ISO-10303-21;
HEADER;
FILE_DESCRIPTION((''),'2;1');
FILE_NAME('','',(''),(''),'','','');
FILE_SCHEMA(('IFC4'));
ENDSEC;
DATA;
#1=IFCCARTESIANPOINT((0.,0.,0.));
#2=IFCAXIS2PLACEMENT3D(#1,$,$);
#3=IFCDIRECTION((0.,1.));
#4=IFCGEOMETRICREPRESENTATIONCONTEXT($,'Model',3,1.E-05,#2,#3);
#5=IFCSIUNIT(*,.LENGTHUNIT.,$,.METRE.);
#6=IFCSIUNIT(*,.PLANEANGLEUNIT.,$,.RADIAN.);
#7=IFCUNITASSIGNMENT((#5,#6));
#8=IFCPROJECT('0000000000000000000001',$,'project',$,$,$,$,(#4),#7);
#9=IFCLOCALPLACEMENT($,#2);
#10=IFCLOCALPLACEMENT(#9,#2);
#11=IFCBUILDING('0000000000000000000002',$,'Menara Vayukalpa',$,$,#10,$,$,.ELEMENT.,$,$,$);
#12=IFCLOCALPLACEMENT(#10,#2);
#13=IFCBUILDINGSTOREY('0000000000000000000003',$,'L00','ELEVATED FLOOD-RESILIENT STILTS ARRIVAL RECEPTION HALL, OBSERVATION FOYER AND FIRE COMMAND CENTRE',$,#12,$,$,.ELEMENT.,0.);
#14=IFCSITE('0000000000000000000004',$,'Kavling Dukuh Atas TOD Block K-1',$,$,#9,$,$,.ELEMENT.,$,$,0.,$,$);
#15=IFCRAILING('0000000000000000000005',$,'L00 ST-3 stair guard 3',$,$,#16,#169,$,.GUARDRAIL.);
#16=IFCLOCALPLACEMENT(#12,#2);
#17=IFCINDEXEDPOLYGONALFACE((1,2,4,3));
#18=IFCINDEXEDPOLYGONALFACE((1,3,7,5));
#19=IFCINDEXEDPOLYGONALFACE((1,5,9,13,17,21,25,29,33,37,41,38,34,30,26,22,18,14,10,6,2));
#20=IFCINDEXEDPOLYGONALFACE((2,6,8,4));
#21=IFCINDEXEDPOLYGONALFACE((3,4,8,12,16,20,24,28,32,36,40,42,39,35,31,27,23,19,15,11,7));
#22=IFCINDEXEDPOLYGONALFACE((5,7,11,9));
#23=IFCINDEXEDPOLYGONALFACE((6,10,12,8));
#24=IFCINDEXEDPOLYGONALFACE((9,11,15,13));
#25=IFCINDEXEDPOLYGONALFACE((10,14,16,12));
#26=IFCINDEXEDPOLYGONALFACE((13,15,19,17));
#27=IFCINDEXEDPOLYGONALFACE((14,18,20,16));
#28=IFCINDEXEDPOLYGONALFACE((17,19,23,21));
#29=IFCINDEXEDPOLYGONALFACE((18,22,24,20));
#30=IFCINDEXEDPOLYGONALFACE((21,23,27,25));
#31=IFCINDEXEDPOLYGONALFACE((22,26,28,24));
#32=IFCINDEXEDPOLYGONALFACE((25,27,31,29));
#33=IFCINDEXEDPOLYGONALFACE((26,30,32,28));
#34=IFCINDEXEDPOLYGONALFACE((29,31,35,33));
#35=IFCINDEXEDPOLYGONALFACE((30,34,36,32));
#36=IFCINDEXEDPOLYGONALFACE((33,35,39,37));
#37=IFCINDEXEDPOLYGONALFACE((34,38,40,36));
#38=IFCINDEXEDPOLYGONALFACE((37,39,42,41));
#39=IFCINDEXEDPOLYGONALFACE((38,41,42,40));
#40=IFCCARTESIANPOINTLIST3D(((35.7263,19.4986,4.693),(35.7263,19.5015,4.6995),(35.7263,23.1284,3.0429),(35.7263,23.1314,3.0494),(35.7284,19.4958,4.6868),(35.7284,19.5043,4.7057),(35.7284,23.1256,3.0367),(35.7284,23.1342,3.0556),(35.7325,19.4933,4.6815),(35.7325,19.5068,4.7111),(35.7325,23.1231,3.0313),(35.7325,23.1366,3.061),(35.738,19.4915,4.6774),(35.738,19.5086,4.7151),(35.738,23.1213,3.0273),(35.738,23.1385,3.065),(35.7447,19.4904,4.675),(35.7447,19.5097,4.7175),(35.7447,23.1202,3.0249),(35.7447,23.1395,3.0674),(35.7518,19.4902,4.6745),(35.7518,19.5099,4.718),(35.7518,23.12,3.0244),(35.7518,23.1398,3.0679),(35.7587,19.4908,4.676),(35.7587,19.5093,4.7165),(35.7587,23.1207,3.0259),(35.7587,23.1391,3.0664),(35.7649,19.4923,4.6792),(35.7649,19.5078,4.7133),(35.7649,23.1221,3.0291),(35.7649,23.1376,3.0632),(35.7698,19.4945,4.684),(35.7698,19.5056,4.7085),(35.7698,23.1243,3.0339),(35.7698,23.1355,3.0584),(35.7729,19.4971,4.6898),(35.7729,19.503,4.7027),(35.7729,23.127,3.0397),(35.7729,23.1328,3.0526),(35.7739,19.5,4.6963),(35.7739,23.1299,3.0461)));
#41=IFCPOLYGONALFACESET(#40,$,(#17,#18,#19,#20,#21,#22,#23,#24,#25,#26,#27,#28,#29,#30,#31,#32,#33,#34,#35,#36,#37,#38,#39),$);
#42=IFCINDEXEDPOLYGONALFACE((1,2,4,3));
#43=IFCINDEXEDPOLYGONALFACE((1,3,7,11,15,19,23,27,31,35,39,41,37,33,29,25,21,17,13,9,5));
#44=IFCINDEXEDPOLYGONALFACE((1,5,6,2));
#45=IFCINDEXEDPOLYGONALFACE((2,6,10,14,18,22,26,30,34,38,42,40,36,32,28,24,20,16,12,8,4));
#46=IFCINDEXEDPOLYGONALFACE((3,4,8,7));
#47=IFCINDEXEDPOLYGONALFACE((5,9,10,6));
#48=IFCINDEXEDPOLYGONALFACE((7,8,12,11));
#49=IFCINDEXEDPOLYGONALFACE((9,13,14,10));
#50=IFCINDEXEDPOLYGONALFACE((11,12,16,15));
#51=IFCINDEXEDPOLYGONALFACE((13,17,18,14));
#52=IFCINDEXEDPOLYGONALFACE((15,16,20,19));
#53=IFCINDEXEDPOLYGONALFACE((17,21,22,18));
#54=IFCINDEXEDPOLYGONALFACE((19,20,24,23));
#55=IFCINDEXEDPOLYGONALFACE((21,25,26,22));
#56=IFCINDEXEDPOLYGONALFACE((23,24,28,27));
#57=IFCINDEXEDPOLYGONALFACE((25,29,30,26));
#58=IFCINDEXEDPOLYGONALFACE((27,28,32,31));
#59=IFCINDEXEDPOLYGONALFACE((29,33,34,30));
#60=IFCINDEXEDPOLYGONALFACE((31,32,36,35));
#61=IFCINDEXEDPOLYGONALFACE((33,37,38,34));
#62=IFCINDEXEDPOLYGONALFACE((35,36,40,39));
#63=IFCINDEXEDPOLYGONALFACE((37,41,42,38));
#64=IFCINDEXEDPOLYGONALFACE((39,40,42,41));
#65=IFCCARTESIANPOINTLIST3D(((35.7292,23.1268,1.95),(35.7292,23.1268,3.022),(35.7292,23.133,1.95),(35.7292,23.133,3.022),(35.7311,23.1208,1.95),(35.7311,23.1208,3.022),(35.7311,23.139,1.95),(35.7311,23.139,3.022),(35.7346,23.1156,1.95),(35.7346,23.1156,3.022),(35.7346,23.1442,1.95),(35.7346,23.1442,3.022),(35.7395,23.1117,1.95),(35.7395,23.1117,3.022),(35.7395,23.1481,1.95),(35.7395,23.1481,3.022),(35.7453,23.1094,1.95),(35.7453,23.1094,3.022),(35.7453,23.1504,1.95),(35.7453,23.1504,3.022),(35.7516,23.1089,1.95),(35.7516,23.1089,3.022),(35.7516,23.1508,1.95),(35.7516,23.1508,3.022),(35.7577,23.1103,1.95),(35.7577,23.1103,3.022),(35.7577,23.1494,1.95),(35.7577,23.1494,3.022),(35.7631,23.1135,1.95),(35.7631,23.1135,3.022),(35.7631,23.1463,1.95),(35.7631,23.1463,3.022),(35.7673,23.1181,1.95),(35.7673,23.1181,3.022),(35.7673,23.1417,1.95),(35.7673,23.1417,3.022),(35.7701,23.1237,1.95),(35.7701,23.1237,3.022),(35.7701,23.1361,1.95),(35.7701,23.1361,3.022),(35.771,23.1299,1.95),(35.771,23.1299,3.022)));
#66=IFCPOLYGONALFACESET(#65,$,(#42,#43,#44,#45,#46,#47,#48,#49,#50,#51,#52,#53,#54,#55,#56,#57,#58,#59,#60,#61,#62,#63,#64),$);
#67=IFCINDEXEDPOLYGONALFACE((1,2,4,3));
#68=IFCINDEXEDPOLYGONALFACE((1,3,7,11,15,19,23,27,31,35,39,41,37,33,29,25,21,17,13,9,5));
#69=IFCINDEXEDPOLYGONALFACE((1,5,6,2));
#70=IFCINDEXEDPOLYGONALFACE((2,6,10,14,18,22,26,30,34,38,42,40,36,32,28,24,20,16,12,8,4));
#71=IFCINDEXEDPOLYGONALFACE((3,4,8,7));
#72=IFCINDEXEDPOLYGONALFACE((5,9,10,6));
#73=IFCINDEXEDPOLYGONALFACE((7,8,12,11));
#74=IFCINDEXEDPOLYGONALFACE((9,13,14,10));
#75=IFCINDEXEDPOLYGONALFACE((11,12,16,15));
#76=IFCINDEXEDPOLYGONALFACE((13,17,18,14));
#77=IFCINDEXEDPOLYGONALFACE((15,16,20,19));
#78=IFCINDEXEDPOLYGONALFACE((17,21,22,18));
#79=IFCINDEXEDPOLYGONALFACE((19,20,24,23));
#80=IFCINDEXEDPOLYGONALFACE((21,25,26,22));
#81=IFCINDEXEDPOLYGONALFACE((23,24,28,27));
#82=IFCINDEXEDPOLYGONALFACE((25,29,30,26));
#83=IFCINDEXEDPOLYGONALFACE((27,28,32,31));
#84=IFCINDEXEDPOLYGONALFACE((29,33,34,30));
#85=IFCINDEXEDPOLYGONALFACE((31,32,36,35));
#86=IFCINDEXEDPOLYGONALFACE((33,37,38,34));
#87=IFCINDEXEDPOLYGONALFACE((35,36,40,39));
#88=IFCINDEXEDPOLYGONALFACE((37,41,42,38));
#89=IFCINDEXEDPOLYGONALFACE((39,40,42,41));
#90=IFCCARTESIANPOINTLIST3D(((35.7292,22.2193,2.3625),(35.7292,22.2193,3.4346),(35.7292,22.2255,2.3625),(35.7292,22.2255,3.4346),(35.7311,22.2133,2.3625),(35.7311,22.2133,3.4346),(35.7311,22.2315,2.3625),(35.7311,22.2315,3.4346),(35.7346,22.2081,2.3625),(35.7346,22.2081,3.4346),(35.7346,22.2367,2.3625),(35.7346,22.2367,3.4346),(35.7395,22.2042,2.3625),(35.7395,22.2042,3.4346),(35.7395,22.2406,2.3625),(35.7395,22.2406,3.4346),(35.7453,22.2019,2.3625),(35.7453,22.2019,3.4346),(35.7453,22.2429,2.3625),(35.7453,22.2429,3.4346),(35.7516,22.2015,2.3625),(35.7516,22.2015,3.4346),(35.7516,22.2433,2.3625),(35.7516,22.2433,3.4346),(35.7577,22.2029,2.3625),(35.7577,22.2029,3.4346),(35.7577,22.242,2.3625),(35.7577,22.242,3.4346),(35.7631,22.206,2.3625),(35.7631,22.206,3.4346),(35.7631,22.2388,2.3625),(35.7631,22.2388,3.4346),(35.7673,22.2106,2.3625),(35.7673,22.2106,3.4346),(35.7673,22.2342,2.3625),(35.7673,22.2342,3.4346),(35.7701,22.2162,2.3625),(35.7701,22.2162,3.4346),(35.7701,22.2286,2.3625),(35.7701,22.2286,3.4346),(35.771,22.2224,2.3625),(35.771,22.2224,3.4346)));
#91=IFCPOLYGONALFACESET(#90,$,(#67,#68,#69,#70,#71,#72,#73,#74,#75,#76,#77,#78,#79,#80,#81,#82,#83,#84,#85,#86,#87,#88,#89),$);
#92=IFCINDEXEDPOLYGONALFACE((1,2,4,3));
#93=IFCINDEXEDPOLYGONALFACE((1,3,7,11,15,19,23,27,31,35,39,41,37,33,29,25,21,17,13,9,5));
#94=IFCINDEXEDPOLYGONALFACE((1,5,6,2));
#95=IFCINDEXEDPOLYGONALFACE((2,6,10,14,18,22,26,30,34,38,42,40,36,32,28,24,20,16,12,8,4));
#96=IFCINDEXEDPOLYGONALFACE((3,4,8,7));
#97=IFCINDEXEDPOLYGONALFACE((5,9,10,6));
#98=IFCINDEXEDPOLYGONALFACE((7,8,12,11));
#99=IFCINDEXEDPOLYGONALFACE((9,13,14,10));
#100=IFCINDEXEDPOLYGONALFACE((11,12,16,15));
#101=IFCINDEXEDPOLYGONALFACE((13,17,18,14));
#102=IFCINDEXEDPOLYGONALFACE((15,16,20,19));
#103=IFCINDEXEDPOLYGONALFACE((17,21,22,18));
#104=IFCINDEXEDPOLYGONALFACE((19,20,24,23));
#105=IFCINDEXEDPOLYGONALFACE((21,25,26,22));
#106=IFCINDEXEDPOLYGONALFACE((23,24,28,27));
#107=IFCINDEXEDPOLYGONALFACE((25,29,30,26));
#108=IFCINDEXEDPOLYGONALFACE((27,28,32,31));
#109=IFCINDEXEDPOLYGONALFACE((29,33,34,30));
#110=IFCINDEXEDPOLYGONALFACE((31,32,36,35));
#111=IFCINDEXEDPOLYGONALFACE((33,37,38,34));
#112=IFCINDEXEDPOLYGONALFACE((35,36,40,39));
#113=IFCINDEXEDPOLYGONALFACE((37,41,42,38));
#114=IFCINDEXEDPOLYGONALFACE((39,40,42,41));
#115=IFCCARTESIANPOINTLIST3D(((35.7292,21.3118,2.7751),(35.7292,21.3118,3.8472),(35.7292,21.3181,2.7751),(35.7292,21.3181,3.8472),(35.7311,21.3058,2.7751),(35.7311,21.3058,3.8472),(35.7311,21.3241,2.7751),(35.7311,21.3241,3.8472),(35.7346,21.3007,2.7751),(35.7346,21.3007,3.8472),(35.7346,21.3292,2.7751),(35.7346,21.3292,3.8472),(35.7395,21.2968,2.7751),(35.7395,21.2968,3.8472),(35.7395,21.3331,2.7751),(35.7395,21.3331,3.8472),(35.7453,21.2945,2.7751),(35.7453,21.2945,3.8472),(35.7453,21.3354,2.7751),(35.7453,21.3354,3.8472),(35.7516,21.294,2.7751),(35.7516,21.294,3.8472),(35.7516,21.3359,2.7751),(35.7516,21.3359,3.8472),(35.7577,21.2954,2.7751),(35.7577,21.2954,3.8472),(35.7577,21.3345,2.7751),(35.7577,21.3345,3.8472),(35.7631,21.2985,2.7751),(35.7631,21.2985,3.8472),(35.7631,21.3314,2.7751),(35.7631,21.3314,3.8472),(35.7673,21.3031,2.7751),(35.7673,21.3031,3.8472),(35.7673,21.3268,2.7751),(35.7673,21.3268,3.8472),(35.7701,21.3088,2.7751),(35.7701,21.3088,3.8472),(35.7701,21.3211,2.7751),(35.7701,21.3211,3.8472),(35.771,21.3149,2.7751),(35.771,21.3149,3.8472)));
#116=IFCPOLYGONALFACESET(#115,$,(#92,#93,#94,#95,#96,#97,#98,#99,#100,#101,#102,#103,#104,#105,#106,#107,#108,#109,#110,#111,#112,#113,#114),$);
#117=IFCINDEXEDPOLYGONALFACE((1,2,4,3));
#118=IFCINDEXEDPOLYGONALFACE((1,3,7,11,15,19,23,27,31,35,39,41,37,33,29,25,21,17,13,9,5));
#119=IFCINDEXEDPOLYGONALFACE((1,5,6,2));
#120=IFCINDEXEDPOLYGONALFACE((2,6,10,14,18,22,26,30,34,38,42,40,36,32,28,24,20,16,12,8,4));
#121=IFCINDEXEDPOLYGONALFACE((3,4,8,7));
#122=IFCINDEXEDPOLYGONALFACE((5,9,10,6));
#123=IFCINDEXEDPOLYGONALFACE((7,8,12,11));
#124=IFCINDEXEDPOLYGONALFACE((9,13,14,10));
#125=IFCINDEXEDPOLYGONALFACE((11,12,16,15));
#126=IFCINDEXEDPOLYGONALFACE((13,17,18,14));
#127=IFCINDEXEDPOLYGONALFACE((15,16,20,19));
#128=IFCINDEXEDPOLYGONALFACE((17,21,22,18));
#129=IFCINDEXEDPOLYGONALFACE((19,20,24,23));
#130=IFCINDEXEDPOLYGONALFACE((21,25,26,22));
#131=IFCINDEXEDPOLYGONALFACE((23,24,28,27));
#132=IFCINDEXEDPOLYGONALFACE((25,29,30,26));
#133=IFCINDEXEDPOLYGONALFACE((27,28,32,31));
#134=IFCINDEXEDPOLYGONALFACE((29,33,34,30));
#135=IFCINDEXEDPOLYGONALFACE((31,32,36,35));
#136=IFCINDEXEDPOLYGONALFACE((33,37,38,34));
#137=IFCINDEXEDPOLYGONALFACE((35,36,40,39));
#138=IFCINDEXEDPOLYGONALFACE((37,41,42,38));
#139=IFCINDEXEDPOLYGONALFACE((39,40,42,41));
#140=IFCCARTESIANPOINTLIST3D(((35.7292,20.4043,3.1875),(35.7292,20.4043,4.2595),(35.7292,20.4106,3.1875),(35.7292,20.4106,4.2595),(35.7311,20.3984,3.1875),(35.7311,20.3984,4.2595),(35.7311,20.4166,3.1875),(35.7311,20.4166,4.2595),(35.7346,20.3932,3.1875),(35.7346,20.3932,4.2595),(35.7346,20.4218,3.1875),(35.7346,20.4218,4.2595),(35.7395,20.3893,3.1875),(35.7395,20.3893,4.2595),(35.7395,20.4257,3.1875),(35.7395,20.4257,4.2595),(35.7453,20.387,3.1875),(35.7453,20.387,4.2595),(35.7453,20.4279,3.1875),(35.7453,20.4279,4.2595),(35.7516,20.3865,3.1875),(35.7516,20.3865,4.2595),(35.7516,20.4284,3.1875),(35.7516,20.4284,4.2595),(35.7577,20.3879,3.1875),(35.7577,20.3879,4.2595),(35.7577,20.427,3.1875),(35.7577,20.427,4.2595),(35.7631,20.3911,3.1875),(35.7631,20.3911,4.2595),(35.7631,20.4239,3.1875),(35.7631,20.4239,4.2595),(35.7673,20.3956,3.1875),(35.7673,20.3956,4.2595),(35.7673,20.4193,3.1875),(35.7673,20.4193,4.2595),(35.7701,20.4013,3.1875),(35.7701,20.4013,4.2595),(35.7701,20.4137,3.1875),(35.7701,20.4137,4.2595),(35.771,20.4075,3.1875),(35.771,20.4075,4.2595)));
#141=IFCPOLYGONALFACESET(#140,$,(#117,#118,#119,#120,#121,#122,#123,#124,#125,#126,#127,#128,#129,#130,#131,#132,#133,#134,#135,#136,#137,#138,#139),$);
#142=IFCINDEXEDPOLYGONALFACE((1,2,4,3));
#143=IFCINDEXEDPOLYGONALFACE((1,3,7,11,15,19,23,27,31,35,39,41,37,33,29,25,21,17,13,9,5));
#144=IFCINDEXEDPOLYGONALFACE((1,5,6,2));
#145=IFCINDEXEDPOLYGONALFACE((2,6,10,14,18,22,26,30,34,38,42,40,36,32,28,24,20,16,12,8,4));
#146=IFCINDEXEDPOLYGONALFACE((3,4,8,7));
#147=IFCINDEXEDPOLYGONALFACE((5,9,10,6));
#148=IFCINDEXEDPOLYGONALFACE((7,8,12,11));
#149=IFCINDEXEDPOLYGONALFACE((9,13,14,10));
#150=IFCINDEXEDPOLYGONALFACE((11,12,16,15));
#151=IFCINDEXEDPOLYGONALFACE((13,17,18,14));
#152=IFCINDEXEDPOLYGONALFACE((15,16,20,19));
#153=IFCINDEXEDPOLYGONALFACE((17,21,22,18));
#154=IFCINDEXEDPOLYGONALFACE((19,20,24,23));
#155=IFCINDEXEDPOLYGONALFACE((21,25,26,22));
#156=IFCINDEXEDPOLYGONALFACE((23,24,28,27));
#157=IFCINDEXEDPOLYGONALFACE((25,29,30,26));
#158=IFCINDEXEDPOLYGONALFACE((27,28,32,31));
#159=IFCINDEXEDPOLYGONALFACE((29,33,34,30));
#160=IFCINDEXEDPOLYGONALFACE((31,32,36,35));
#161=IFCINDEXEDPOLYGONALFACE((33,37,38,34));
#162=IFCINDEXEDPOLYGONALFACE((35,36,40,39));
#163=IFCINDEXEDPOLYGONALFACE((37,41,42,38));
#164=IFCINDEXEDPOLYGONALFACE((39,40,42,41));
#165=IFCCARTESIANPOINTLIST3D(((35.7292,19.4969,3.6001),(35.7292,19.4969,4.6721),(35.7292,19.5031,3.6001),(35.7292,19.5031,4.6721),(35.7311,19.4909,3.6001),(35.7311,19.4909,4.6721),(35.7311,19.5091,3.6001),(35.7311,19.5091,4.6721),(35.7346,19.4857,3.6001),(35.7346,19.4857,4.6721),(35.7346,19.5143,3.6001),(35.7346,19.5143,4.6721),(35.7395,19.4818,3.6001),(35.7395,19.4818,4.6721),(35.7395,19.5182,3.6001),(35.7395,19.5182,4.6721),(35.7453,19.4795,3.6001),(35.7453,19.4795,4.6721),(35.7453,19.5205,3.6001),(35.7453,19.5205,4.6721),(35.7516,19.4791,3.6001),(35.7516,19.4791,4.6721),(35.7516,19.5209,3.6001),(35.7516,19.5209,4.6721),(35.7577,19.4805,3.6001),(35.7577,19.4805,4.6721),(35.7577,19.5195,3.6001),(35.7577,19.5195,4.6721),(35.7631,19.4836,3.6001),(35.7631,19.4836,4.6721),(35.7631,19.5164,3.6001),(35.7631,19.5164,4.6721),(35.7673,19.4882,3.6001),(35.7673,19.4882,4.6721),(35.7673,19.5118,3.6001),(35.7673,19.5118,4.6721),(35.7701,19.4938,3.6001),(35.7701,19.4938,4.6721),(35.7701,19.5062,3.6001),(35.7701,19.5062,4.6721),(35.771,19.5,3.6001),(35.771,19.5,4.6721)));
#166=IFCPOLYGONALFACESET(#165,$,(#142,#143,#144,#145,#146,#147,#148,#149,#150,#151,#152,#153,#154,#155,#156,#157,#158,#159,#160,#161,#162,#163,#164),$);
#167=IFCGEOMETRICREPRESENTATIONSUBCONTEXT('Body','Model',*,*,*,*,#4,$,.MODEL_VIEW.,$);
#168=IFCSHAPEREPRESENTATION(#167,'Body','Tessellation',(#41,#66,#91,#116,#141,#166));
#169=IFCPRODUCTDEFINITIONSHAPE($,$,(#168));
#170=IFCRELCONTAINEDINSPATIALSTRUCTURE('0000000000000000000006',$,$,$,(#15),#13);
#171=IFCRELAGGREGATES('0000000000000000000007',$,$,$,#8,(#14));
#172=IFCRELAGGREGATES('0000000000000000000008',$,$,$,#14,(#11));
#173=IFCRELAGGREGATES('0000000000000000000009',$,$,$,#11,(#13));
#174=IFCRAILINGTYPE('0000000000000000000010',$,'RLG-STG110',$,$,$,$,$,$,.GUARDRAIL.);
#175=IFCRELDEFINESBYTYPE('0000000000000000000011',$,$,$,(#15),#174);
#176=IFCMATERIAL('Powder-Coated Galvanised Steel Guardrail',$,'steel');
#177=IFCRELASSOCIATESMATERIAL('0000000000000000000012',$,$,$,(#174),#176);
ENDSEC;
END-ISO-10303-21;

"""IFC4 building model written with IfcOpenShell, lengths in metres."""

from ifc_helpers import new_model, si_unit, direction, frame, origin, origin_2d, place, context, subcontext, project, spatial, circle, extrude, material, type_object, element, save


model = new_model("IFC4")

# Units and contexts
model_context = context("Model", 3, precision=1e-05, world=origin(), true_north=direction((0.0, 1.0)))
body_context = subcontext(model_context, "Body", "Model", "MODEL_VIEW")
ifc_project = project(units=[si_unit("LENGTHUNIT", "METRE"), si_unit("PLANEANGLEUNIT", "RADIAN")], contexts=[model_context])

# Site, building, storey
site_placement = place(None, origin())
site = spatial("IfcSite", under=ifc_project, at=site_placement, Name="Kavling Dukuh Atas TOD Block K-1", CompositionType="ELEMENT", RefElevation=0.0)
building_placement = place(site_placement, origin())
building = spatial("IfcBuilding", under=site, at=building_placement, Name="Menara Vayukalpa", CompositionType="ELEMENT")
storey_placement = place(building_placement, origin())
storey = spatial("IfcBuildingStorey", under=building, at=storey_placement, Name="L00", Description="ELEVATED FLOOD-RESILIENT STILTS ARRIVAL RECEPTION HALL, OBSERVATION FOYER AND FIRE COMMAND CENTRE", CompositionType="ELEMENT", Elevation=0.0)

# Railing
ifc_material_1 = material(Name="Powder-Coated Galvanised Steel Guardrail", Category="steel")
railing_type_1 = type_object("IfcRailingType", Name="RLG-STG110", PredefinedType="GUARDRAIL", material=ifc_material_1)
railing_1_placement = place(storey_placement, frame((35.75, 23.1299, 1.95)))
element("IfcRailing", 1, at=railing_1_placement, inside=storey, type_object=railing_type_1, Name="L00 ST-3 stair guard 3", PredefinedType="GUARDRAIL", context=body_context, shape_type="SweptSolid", body=[
    extrude(circle(Radius=0.0239, at=origin_2d()), frame((0.0, 0.0, 1.0962), z_axis=(0.0, -0.910348, 0.413844), x_axis=(1.0, 0.0, 0.0)), (0.0, 0.0, 1.0), 3.9873),
    extrude(circle(Radius=0.021, at=origin_2d()), origin(), (0.0, 0.0, 1.0), 1.072),
    extrude(circle(Radius=0.021, at=origin_2d()), frame((0.0, -0.9075, 0.4126)), (0.0, 0.0, 1.0), 1.072),
    extrude(circle(Radius=0.021, at=origin_2d()), frame((0.0, -1.8149, 0.8252)), (0.0, 0.0, 1.0), 1.072),
    extrude(circle(Radius=0.021, at=origin_2d()), frame((0.0, -2.7224, 1.2375)), (0.0, 0.0, 1.0), 1.072),
    extrude(circle(Radius=0.021, at=origin_2d()), frame((0.0, -3.6299, 1.6501)), (0.0, 0.0, 1.0), 1.072),
])

save(model, "model.ifc")
